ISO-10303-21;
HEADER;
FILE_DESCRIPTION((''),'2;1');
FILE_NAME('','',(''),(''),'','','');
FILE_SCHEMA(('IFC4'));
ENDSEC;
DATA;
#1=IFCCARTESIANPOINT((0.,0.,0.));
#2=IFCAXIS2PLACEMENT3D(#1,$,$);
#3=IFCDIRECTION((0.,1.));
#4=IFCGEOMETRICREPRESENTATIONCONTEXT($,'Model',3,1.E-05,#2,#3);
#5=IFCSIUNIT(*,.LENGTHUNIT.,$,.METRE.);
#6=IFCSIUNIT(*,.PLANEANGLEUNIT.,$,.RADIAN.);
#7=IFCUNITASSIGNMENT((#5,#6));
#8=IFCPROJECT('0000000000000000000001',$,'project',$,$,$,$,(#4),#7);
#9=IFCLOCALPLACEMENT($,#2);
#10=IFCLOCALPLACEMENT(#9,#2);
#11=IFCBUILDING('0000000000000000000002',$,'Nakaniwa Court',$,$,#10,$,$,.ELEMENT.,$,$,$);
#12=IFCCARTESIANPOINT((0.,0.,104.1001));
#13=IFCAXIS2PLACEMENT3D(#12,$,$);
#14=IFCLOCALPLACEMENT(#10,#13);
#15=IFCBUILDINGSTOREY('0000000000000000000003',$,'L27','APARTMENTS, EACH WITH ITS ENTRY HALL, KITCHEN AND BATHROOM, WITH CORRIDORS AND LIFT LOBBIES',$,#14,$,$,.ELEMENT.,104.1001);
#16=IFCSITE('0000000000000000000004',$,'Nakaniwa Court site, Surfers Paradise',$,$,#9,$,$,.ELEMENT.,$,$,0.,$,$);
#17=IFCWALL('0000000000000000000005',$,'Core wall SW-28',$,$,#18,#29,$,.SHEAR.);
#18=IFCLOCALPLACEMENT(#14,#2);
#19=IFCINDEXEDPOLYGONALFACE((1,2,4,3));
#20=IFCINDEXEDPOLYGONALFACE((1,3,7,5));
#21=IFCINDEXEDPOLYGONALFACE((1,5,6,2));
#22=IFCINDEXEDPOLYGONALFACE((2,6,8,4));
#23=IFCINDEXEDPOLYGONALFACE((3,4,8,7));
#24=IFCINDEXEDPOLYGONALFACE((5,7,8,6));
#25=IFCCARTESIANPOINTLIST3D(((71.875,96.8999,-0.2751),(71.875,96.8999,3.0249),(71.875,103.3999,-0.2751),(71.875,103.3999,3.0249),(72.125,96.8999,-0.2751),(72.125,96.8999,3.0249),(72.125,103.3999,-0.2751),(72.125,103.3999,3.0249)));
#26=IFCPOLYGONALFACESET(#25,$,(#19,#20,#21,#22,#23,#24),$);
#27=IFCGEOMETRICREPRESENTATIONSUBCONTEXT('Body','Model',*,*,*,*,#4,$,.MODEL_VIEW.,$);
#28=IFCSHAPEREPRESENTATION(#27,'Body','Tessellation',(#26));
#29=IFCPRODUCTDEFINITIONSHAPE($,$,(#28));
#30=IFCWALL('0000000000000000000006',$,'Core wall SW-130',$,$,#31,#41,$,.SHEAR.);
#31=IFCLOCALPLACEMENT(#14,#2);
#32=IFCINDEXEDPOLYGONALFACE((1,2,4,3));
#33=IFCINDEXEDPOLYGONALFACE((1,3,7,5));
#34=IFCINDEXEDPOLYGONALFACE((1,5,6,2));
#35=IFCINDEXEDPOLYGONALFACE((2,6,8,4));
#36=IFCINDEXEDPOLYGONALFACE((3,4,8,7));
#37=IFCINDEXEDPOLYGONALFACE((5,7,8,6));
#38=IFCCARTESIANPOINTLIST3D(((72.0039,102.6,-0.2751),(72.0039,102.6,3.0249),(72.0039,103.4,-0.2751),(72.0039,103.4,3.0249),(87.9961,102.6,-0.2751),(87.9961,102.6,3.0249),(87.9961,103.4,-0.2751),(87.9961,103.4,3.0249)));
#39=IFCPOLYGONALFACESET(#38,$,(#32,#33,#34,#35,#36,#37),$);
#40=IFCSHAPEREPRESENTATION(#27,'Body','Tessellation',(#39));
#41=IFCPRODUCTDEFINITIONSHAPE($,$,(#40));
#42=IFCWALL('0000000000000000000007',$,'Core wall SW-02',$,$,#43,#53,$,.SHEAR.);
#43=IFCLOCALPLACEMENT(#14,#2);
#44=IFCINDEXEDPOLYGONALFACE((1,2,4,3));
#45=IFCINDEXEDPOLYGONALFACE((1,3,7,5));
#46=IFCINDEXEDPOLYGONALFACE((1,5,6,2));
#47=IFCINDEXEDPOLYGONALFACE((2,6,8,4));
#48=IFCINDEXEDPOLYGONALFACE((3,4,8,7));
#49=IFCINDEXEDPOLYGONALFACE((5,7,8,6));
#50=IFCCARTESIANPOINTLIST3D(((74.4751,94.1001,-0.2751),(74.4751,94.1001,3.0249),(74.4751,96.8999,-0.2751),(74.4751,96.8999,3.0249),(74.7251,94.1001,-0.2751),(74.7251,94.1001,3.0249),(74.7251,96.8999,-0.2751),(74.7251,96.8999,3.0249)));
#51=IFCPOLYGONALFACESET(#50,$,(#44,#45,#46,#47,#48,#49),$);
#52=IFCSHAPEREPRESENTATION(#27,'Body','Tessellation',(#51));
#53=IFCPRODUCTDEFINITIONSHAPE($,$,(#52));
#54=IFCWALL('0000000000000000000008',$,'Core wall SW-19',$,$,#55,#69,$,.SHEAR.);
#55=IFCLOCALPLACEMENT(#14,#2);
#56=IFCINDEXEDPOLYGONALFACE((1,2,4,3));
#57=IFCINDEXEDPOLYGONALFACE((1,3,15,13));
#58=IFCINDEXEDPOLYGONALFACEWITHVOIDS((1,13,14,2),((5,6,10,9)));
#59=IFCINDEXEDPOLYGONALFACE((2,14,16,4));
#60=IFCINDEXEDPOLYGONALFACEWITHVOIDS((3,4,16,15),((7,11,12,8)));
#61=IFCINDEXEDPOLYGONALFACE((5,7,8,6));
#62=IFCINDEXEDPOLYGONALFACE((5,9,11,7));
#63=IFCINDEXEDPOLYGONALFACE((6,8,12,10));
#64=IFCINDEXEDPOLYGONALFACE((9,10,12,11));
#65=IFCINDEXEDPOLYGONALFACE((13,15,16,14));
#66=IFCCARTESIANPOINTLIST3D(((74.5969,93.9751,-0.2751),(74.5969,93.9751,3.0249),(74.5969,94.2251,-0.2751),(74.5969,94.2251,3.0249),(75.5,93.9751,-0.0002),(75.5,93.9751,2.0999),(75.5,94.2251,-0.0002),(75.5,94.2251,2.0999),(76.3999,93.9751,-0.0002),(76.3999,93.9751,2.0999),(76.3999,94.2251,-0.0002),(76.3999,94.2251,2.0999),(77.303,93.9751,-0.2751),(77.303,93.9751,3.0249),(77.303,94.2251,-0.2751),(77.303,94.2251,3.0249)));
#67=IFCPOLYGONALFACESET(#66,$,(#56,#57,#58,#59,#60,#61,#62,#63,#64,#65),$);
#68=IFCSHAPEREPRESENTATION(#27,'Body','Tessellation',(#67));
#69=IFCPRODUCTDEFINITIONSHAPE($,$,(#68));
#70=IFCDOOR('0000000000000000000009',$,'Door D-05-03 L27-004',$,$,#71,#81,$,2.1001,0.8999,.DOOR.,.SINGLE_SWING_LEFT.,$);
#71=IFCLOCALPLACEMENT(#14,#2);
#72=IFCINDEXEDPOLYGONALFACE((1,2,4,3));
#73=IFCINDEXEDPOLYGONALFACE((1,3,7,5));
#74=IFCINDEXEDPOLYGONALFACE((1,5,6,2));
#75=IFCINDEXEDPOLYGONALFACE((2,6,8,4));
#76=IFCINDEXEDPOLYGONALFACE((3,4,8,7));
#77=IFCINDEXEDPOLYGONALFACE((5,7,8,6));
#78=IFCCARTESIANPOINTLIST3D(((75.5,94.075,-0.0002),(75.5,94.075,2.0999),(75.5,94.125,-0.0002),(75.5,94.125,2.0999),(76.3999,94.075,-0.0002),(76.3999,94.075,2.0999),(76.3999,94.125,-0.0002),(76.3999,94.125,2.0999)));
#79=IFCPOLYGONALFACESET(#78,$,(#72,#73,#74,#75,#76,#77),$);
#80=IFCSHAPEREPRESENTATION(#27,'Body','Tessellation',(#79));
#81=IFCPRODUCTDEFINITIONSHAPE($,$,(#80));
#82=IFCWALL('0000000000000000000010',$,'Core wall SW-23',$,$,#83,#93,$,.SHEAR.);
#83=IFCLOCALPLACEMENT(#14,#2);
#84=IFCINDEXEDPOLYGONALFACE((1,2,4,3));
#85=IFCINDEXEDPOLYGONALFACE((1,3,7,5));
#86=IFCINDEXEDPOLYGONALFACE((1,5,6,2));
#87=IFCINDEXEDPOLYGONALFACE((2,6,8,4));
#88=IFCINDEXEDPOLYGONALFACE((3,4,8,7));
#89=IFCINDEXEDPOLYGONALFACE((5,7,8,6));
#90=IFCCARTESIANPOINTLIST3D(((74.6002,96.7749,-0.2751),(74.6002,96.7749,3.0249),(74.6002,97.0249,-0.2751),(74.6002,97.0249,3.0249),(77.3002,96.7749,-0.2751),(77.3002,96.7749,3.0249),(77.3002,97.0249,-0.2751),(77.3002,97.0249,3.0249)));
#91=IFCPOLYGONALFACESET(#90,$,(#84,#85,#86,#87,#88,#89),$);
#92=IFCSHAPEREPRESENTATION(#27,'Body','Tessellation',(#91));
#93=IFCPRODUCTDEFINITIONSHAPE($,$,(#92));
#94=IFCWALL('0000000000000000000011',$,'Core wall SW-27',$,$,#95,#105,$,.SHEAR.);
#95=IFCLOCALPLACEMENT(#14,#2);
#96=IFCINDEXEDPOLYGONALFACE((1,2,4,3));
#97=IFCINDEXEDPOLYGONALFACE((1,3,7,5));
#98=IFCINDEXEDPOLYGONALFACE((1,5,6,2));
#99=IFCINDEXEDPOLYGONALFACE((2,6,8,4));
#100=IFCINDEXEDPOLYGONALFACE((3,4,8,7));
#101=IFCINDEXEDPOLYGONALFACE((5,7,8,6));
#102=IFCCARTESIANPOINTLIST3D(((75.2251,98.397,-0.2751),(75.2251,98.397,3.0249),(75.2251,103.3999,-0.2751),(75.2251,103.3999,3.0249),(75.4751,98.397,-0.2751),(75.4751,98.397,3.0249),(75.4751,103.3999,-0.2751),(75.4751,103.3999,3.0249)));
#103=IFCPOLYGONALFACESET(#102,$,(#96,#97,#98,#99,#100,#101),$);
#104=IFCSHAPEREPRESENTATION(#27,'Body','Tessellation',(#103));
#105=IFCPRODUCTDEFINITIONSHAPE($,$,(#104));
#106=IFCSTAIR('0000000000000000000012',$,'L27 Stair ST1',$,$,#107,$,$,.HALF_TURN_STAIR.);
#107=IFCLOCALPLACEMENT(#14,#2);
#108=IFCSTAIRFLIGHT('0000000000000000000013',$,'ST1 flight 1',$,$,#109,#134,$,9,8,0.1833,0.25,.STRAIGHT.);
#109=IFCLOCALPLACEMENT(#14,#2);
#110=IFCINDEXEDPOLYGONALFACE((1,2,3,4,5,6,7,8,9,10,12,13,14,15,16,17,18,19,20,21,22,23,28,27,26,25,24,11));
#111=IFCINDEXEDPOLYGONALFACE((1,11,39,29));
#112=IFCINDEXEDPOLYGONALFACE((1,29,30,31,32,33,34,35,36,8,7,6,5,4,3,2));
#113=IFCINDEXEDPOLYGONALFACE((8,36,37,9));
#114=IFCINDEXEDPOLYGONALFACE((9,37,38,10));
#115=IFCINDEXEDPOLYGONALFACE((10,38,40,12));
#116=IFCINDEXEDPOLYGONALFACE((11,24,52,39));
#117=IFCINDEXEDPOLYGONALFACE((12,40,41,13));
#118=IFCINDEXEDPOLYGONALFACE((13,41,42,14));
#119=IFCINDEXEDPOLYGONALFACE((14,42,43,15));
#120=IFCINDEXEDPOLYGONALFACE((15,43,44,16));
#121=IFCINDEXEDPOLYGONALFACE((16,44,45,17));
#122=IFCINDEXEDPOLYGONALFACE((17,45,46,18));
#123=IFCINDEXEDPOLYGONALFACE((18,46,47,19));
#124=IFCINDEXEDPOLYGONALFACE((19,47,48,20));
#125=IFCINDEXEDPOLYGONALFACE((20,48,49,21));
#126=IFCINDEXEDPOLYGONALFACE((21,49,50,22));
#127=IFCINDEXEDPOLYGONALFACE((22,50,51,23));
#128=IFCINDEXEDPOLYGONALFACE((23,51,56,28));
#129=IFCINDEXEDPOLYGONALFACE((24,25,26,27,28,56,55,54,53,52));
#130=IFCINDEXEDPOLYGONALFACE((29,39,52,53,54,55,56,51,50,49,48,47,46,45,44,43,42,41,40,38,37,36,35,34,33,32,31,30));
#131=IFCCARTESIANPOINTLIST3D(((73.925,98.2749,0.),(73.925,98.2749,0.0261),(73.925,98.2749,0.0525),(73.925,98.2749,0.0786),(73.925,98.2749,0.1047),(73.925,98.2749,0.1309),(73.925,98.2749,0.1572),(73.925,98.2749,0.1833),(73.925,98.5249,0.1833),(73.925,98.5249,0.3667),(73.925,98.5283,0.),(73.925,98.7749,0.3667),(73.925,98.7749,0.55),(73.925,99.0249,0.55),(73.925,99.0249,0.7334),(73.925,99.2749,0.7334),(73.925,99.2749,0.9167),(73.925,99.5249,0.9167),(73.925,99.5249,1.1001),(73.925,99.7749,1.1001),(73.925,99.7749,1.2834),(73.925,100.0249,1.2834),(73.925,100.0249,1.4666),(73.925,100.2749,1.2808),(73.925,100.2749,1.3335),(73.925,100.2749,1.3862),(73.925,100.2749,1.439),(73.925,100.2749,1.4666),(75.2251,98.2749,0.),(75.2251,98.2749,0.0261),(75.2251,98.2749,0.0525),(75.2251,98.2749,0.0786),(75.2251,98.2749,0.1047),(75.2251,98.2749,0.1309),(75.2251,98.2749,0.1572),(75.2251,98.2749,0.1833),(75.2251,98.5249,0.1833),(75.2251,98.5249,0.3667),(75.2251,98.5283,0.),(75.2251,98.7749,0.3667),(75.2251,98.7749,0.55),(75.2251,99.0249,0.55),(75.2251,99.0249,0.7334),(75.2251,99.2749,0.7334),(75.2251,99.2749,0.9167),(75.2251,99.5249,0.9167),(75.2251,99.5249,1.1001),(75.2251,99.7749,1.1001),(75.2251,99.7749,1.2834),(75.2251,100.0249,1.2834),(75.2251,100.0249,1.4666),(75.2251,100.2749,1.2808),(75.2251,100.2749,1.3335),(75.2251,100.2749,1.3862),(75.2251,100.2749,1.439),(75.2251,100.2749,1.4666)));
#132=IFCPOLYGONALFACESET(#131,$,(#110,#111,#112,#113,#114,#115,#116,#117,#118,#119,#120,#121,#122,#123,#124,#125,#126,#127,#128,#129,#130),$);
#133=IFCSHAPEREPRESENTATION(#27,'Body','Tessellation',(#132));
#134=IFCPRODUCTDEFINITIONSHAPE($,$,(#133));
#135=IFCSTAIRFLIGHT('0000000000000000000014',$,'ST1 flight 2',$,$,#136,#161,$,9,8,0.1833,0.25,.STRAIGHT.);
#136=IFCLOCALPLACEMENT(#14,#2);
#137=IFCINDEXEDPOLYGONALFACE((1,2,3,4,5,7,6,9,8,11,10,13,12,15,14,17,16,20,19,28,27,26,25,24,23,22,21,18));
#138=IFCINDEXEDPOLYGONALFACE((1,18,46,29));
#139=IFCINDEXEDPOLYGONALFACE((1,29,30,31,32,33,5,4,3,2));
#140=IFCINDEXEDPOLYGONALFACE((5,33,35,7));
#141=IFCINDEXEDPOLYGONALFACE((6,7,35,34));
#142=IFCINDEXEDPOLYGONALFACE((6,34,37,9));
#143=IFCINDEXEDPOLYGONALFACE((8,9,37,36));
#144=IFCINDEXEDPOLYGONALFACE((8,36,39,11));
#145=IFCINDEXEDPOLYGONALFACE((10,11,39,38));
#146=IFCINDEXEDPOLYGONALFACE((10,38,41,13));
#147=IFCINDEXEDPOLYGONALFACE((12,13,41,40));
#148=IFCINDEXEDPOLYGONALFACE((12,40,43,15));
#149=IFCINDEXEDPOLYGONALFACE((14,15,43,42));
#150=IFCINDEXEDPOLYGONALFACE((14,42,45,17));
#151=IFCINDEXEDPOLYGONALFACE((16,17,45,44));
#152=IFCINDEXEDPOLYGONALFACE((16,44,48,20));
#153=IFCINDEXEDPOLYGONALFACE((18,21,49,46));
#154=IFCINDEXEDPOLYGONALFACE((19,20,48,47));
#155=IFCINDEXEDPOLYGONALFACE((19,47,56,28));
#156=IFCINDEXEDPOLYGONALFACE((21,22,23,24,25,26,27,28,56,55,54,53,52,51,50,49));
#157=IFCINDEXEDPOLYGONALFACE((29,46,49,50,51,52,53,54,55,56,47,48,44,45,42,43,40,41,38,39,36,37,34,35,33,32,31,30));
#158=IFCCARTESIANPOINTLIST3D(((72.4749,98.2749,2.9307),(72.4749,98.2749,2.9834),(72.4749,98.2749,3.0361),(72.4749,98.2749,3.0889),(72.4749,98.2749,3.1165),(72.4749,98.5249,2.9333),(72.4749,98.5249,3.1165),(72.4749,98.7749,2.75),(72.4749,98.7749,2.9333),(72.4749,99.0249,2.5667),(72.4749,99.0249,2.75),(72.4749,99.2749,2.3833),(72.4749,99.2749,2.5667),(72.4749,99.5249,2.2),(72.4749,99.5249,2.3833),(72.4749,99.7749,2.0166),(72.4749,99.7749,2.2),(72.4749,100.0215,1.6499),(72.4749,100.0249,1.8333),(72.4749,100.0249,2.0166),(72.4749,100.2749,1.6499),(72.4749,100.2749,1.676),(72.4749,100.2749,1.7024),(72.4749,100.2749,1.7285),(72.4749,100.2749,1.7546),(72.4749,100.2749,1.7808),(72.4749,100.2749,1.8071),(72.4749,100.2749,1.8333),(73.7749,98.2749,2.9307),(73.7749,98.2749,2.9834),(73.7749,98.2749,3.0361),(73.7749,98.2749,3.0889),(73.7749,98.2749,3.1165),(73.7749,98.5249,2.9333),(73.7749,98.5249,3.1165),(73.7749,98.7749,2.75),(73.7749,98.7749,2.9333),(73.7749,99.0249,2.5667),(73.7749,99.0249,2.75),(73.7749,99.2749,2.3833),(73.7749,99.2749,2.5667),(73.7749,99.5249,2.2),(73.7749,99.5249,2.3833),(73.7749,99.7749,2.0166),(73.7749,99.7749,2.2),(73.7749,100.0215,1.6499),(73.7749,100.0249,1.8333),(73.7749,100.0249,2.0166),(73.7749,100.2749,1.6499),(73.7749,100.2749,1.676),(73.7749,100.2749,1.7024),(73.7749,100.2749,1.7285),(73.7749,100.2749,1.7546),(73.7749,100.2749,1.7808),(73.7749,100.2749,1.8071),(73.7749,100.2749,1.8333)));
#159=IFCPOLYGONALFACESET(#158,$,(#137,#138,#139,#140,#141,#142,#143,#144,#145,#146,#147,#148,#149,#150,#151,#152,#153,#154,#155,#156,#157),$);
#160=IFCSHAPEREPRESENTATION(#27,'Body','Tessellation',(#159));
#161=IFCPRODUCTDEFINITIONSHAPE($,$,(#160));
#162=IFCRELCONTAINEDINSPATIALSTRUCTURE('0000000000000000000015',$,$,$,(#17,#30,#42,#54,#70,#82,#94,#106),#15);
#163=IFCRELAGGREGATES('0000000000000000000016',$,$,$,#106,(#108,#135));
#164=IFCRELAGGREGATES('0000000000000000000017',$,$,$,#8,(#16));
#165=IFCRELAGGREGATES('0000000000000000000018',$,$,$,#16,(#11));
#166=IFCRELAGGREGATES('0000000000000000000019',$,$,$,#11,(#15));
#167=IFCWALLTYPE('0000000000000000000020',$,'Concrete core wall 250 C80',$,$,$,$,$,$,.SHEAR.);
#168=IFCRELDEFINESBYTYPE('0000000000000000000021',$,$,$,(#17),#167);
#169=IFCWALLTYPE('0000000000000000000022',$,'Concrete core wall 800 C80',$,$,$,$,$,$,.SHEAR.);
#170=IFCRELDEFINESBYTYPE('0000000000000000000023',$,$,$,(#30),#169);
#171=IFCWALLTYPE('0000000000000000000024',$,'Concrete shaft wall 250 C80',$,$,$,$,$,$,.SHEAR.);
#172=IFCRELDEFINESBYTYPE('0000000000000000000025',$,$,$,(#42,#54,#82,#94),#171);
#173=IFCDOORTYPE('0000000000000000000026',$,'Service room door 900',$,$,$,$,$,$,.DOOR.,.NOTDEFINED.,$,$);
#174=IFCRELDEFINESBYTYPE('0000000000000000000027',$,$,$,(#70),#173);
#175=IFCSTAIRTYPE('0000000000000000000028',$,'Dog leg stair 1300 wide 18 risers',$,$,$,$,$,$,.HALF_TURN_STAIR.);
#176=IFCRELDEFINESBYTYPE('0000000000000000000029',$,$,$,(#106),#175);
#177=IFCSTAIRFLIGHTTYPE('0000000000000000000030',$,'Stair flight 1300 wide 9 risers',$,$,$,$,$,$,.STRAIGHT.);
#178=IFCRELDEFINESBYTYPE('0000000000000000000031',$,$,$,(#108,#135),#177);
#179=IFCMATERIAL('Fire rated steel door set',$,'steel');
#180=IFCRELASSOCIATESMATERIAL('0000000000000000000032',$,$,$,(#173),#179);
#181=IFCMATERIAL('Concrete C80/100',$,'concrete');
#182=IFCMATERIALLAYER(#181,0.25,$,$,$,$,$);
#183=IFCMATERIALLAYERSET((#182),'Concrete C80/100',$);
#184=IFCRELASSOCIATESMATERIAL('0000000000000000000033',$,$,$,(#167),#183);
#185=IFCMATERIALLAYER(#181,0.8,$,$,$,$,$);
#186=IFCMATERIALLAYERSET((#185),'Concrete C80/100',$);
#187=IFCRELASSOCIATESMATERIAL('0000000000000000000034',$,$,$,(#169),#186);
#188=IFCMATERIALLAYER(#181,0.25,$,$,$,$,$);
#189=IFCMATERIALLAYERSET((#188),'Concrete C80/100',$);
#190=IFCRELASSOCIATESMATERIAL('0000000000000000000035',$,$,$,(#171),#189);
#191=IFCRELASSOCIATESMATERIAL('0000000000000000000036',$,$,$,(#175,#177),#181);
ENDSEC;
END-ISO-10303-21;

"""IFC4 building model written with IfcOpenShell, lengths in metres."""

from ifc_helpers import new_model, si_unit, direction, frame, frame_2d, origin, place, context, subcontext, project, spatial, polyline, rectangle, outline, extrude, material, layer, layer_set, type_object, element, fill, aggregate, save


model = new_model("IFC4")

# Units and contexts
model_context = context("Model", 3, precision=1e-05, world=origin(), true_north=direction((0.0, 1.0)))
body_context = subcontext(model_context, "Body", "Model", "MODEL_VIEW")
ifc_project = project(units=[si_unit("LENGTHUNIT", "METRE"), si_unit("PLANEANGLEUNIT", "RADIAN")], contexts=[model_context])

# Site, building, storey
site_placement = place(None, origin())
site = spatial("IfcSite", under=ifc_project, at=site_placement, Name="Nakaniwa Court site, Surfers Paradise", CompositionType="ELEMENT", RefElevation=0.0)
building_placement = place(site_placement, origin())
building = spatial("IfcBuilding", under=site, at=building_placement, Name="Nakaniwa Court", CompositionType="ELEMENT")
storey_placement = place(building_placement, frame((0.0, 0.0, 104.1001)))
storey = spatial("IfcBuildingStorey", under=building, at=storey_placement, Name="L27", Description="APARTMENTS, EACH WITH ITS ENTRY HALL, KITCHEN AND BATHROOM, WITH CORRIDORS AND LIFT LOBBIES", CompositionType="ELEMENT", Elevation=104.1001)

# Shared definitions
ifc_material_1 = material(Name="Concrete C80/100", Category="concrete")

# Shared definitions
ifc_material_2 = material(Name="Fire rated steel door set", Category="steel")
door_type_1 = type_object("IfcDoorType", Name="Service room door 900", OperationType="NOTDEFINED", PredefinedType="DOOR", material=ifc_material_2)

# Walls
ifc_layer_1 = layer(ifc_material_1, 0.25)
ifc_layer_set_1 = layer_set([ifc_layer_1], Name="Concrete C80/100")
wall_type_1 = type_object("IfcWallType", Name="Concrete core wall 250 C80", PredefinedType="SHEAR", material=ifc_layer_set_1)
wall_1_placement = place(storey_placement, frame((72.0, 96.8999, -0.2751), z_axis=(0.0, 0.0, 1.0), x_axis=(0.0, 1.0, 0.0)))
element("IfcWall", 1, at=wall_1_placement, inside=storey, type_object=wall_type_1, Name="Core wall SW-28", PredefinedType="SHEAR", context=body_context, shape_type="SweptSolid", body=[
    extrude(rectangle(XDim=6.5, YDim=0.25, at=frame_2d((3.25, 0.0))), origin(), (0.0, 0.0, 1.0), 3.3),
])
ifc_layer_2 = layer(ifc_material_1, 0.8)
ifc_layer_set_2 = layer_set([ifc_layer_2], Name="Concrete C80/100")
wall_type_2 = type_object("IfcWallType", Name="Concrete core wall 800 C80", PredefinedType="SHEAR", material=ifc_layer_set_2)
wall_2_placement = place(storey_placement, frame((72.0039, 103.0, -0.2751), z_axis=(0.0, 0.0, 1.0), x_axis=(1.0, 0.0, 0.0)))
element("IfcWall", 2, at=wall_2_placement, inside=storey, type_object=wall_type_2, Name="Core wall SW-130", PredefinedType="SHEAR", context=body_context, shape_type="SweptSolid", body=[
    extrude(rectangle(XDim=15.9922, YDim=0.8, at=frame_2d((7.9961, 0.0))), origin(), (0.0, 0.0, 1.0), 3.3),
])
ifc_layer_3 = layer(ifc_material_1, 0.25)
ifc_layer_set_3 = layer_set([ifc_layer_3], Name="Concrete C80/100")
wall_type_3 = type_object("IfcWallType", Name="Concrete shaft wall 250 C80", PredefinedType="SHEAR", material=ifc_layer_set_3)
wall_3_placement = place(storey_placement, frame((74.6001, 94.1001, -0.2751), z_axis=(0.0, 0.0, 1.0), x_axis=(0.0, 1.0, 0.0)))
element("IfcWall", 3, at=wall_3_placement, inside=storey, type_object=wall_type_3, Name="Core wall SW-02", PredefinedType="SHEAR", context=body_context, shape_type="SweptSolid", body=[
    extrude(rectangle(XDim=2.7998, YDim=0.25, at=frame_2d((1.3999, 0.0))), origin(), (0.0, 0.0, 1.0), 3.3),
])

# Wall, opening, door
wall_4_placement = place(storey_placement, frame((74.5969, 94.1001, -0.2751), z_axis=(0.0, 0.0, 1.0), x_axis=(1.0, 0.0, 0.0)))
wall_4 = element("IfcWall", 4, at=wall_4_placement, inside=storey, type_object=wall_type_3, Name="Core wall SW-19", PredefinedType="SHEAR", context=body_context, shape_type="SweptSolid", body=[
    extrude(rectangle(XDim=2.7061, YDim=0.25, at=frame_2d((1.353, 0.0))), origin(), (0.0, 0.0, 1.0), 3.3),
])
opening_1_placement = place(wall_4_placement, frame((0.9031, 0.0, 0.2749)))
opening_1 = element("IfcOpeningElement", 5, at=opening_1_placement, cuts=wall_4, PredefinedType="OPENING", context=body_context, shape_type="SweptSolid", body=[
    extrude(rectangle(XDim=0.8999, YDim=2.1001, at=frame_2d((0.45, 1.05))), frame((0.0, 0.135, 0.0), z_axis=(0.0, -1.0, 0.0), x_axis=(1.0, 0.0, 0.0)), (0.0, 0.0, 1.0), 0.27),
])
door_1_placement = place(opening_1_placement, origin())
door_1 = element("IfcDoor", 6, at=door_1_placement, inside=storey, type_object=door_type_1, Name="Door D-05-03 L27-004", OperationType="SINGLE_SWING_LEFT", OverallHeight=2.1001, OverallWidth=0.8999, PredefinedType="DOOR", context=body_context, shape_type="SweptSolid", body=[
    extrude(rectangle(XDim=0.8999, YDim=2.1001, at=frame_2d((0.45, 1.05))), frame((0.0, 0.0249, 0.0), z_axis=(0.0, -1.0, 0.0), x_axis=(1.0, 0.0, 0.0)), (0.0, 0.0, 1.0), 0.05),
])
fill(opening_1, door_1)

# Walls
wall_5_placement = place(storey_placement, frame((74.6001, 96.8999, -0.2751), z_axis=(0.0, 0.0, 1.0), x_axis=(1.0, 0.0, 0.0)))
element("IfcWall", 7, at=wall_5_placement, inside=storey, type_object=wall_type_3, Name="Core wall SW-23", PredefinedType="SHEAR", context=body_context, shape_type="SweptSolid", body=[
    extrude(rectangle(XDim=2.7, YDim=0.25, at=frame_2d((1.3501, 0.0))), origin(), (0.0, 0.0, 1.0), 3.3),
])
wall_6_placement = place(storey_placement, frame((75.3501, 98.397, -0.2751), z_axis=(0.0, 0.0, 1.0), x_axis=(0.0, 1.0, 0.0)))
element("IfcWall", 8, at=wall_6_placement, inside=storey, type_object=wall_type_3, Name="Core wall SW-27", PredefinedType="SHEAR", context=body_context, shape_type="SweptSolid", body=[
    extrude(rectangle(XDim=5.0029, YDim=0.25, at=frame_2d((2.5015, 0.0))), origin(), (0.0, 0.0, 1.0), 3.3),
])

# Stair, stair flights
stair_type = type_object("IfcStairType", Name="Dog leg stair 1300 wide 18 risers", PredefinedType="HALF_TURN_STAIR", material=ifc_material_1)
stair_placement = place(storey_placement, origin())
stair = element("IfcStair", 9, at=stair_placement, inside=storey, type_object=stair_type, Name="L27 Stair ST1", PredefinedType="HALF_TURN_STAIR")
stair_flight_type = type_object("IfcStairFlightType", Name="Stair flight 1300 wide 9 risers", PredefinedType="STRAIGHT", material=ifc_material_1)
stair_flight_1_placement = place(storey_placement, frame((74.575, 98.2749, 0.0), z_axis=(0.0, 0.0, 1.0), x_axis=(0.0, 1.0, 0.0)))
stair_flight_1 = element("IfcStairFlight", 10, at=stair_flight_1_placement, type_object=stair_flight_type, Name="ST1 flight 1", NumberOfRisers=9, NumberOfTreads=8, PredefinedType="STRAIGHT", RiserHeight=0.1833, TreadLength=0.25, context=body_context, shape_type="SweptSolid", body=[
    extrude(outline(polyline([(0.0, 0.0), (0.0, 0.0261), (0.0, 0.0525), (0.0, 0.0786), (0.0, 0.1047), (0.0, 0.1309), (0.0, 0.1572), (0.0, 0.1833), (0.25, 0.1833), (0.25, 0.3667), (0.5, 0.3667), (0.5, 0.55), (0.75, 0.55), (0.75, 0.7334), (1.0, 0.7334), (1.0, 0.9167), (1.25, 0.9167), (1.25, 1.1001), (1.5, 1.1001), (1.5, 1.2834), (1.75, 1.2834), (1.75, 1.4666), (2.0, 1.4666), (2.0, 1.6499), (2.0, 1.5972), (2.0, 1.5444), (2.0, 1.4917), (2.0, 1.439), (2.0, 1.3862), (2.0, 1.3335), (2.0, 1.2808), (0.2534, 0.0), (0.0, 0.0)])), frame((0.0, 0.6499, 0.0), z_axis=(0.0, -1.0, 0.0), x_axis=(1.0, 0.0, 0.0)), (0.0, 0.0, 1.0), 1.3),
])
stair_flight_2_placement = place(storey_placement, frame((73.125, 100.2749, 1.6499), z_axis=(0.0, 0.0, 1.0), x_axis=(0.0, -1.0, 0.0)))
stair_flight_2 = element("IfcStairFlight", 11, at=stair_flight_2_placement, type_object=stair_flight_type, Name="ST1 flight 2", NumberOfRisers=9, NumberOfTreads=8, PredefinedType="STRAIGHT", RiserHeight=0.1833, TreadLength=0.25, context=body_context, shape_type="SweptSolid", body=[
    extrude(outline(polyline([(0.0, 0.0), (0.0, 0.0261), (0.0, 0.0525), (0.0, 0.0786), (0.0, 0.1047), (0.0, 0.1309), (0.0, 0.1572), (0.0, 0.1833), (0.25, 0.1833), (0.25, 0.3667), (0.5, 0.3667), (0.5, 0.55), (0.75, 0.55), (0.75, 0.7334), (1.0, 0.7334), (1.0, 0.9167), (1.25, 0.9167), (1.25, 1.1001), (1.5, 1.1001), (1.5, 1.2834), (1.75, 1.2834), (1.75, 1.4666), (2.0, 1.4666), (2.0, 1.6499), (2.0, 1.5972), (2.0, 1.5444), (2.0, 1.4917), (2.0, 1.439), (2.0, 1.3862), (2.0, 1.3335), (2.0, 1.2808), (0.2534, 0.0), (0.0, 0.0)])), frame((0.0, 0.6499, 0.0), z_axis=(0.0, -1.0, 0.0), x_axis=(1.0, 0.0, 0.0)), (0.0, 0.0, 1.0), 1.3),
])
aggregate(stair, [stair_flight_1, stair_flight_2])

save(model, "model.ifc")
